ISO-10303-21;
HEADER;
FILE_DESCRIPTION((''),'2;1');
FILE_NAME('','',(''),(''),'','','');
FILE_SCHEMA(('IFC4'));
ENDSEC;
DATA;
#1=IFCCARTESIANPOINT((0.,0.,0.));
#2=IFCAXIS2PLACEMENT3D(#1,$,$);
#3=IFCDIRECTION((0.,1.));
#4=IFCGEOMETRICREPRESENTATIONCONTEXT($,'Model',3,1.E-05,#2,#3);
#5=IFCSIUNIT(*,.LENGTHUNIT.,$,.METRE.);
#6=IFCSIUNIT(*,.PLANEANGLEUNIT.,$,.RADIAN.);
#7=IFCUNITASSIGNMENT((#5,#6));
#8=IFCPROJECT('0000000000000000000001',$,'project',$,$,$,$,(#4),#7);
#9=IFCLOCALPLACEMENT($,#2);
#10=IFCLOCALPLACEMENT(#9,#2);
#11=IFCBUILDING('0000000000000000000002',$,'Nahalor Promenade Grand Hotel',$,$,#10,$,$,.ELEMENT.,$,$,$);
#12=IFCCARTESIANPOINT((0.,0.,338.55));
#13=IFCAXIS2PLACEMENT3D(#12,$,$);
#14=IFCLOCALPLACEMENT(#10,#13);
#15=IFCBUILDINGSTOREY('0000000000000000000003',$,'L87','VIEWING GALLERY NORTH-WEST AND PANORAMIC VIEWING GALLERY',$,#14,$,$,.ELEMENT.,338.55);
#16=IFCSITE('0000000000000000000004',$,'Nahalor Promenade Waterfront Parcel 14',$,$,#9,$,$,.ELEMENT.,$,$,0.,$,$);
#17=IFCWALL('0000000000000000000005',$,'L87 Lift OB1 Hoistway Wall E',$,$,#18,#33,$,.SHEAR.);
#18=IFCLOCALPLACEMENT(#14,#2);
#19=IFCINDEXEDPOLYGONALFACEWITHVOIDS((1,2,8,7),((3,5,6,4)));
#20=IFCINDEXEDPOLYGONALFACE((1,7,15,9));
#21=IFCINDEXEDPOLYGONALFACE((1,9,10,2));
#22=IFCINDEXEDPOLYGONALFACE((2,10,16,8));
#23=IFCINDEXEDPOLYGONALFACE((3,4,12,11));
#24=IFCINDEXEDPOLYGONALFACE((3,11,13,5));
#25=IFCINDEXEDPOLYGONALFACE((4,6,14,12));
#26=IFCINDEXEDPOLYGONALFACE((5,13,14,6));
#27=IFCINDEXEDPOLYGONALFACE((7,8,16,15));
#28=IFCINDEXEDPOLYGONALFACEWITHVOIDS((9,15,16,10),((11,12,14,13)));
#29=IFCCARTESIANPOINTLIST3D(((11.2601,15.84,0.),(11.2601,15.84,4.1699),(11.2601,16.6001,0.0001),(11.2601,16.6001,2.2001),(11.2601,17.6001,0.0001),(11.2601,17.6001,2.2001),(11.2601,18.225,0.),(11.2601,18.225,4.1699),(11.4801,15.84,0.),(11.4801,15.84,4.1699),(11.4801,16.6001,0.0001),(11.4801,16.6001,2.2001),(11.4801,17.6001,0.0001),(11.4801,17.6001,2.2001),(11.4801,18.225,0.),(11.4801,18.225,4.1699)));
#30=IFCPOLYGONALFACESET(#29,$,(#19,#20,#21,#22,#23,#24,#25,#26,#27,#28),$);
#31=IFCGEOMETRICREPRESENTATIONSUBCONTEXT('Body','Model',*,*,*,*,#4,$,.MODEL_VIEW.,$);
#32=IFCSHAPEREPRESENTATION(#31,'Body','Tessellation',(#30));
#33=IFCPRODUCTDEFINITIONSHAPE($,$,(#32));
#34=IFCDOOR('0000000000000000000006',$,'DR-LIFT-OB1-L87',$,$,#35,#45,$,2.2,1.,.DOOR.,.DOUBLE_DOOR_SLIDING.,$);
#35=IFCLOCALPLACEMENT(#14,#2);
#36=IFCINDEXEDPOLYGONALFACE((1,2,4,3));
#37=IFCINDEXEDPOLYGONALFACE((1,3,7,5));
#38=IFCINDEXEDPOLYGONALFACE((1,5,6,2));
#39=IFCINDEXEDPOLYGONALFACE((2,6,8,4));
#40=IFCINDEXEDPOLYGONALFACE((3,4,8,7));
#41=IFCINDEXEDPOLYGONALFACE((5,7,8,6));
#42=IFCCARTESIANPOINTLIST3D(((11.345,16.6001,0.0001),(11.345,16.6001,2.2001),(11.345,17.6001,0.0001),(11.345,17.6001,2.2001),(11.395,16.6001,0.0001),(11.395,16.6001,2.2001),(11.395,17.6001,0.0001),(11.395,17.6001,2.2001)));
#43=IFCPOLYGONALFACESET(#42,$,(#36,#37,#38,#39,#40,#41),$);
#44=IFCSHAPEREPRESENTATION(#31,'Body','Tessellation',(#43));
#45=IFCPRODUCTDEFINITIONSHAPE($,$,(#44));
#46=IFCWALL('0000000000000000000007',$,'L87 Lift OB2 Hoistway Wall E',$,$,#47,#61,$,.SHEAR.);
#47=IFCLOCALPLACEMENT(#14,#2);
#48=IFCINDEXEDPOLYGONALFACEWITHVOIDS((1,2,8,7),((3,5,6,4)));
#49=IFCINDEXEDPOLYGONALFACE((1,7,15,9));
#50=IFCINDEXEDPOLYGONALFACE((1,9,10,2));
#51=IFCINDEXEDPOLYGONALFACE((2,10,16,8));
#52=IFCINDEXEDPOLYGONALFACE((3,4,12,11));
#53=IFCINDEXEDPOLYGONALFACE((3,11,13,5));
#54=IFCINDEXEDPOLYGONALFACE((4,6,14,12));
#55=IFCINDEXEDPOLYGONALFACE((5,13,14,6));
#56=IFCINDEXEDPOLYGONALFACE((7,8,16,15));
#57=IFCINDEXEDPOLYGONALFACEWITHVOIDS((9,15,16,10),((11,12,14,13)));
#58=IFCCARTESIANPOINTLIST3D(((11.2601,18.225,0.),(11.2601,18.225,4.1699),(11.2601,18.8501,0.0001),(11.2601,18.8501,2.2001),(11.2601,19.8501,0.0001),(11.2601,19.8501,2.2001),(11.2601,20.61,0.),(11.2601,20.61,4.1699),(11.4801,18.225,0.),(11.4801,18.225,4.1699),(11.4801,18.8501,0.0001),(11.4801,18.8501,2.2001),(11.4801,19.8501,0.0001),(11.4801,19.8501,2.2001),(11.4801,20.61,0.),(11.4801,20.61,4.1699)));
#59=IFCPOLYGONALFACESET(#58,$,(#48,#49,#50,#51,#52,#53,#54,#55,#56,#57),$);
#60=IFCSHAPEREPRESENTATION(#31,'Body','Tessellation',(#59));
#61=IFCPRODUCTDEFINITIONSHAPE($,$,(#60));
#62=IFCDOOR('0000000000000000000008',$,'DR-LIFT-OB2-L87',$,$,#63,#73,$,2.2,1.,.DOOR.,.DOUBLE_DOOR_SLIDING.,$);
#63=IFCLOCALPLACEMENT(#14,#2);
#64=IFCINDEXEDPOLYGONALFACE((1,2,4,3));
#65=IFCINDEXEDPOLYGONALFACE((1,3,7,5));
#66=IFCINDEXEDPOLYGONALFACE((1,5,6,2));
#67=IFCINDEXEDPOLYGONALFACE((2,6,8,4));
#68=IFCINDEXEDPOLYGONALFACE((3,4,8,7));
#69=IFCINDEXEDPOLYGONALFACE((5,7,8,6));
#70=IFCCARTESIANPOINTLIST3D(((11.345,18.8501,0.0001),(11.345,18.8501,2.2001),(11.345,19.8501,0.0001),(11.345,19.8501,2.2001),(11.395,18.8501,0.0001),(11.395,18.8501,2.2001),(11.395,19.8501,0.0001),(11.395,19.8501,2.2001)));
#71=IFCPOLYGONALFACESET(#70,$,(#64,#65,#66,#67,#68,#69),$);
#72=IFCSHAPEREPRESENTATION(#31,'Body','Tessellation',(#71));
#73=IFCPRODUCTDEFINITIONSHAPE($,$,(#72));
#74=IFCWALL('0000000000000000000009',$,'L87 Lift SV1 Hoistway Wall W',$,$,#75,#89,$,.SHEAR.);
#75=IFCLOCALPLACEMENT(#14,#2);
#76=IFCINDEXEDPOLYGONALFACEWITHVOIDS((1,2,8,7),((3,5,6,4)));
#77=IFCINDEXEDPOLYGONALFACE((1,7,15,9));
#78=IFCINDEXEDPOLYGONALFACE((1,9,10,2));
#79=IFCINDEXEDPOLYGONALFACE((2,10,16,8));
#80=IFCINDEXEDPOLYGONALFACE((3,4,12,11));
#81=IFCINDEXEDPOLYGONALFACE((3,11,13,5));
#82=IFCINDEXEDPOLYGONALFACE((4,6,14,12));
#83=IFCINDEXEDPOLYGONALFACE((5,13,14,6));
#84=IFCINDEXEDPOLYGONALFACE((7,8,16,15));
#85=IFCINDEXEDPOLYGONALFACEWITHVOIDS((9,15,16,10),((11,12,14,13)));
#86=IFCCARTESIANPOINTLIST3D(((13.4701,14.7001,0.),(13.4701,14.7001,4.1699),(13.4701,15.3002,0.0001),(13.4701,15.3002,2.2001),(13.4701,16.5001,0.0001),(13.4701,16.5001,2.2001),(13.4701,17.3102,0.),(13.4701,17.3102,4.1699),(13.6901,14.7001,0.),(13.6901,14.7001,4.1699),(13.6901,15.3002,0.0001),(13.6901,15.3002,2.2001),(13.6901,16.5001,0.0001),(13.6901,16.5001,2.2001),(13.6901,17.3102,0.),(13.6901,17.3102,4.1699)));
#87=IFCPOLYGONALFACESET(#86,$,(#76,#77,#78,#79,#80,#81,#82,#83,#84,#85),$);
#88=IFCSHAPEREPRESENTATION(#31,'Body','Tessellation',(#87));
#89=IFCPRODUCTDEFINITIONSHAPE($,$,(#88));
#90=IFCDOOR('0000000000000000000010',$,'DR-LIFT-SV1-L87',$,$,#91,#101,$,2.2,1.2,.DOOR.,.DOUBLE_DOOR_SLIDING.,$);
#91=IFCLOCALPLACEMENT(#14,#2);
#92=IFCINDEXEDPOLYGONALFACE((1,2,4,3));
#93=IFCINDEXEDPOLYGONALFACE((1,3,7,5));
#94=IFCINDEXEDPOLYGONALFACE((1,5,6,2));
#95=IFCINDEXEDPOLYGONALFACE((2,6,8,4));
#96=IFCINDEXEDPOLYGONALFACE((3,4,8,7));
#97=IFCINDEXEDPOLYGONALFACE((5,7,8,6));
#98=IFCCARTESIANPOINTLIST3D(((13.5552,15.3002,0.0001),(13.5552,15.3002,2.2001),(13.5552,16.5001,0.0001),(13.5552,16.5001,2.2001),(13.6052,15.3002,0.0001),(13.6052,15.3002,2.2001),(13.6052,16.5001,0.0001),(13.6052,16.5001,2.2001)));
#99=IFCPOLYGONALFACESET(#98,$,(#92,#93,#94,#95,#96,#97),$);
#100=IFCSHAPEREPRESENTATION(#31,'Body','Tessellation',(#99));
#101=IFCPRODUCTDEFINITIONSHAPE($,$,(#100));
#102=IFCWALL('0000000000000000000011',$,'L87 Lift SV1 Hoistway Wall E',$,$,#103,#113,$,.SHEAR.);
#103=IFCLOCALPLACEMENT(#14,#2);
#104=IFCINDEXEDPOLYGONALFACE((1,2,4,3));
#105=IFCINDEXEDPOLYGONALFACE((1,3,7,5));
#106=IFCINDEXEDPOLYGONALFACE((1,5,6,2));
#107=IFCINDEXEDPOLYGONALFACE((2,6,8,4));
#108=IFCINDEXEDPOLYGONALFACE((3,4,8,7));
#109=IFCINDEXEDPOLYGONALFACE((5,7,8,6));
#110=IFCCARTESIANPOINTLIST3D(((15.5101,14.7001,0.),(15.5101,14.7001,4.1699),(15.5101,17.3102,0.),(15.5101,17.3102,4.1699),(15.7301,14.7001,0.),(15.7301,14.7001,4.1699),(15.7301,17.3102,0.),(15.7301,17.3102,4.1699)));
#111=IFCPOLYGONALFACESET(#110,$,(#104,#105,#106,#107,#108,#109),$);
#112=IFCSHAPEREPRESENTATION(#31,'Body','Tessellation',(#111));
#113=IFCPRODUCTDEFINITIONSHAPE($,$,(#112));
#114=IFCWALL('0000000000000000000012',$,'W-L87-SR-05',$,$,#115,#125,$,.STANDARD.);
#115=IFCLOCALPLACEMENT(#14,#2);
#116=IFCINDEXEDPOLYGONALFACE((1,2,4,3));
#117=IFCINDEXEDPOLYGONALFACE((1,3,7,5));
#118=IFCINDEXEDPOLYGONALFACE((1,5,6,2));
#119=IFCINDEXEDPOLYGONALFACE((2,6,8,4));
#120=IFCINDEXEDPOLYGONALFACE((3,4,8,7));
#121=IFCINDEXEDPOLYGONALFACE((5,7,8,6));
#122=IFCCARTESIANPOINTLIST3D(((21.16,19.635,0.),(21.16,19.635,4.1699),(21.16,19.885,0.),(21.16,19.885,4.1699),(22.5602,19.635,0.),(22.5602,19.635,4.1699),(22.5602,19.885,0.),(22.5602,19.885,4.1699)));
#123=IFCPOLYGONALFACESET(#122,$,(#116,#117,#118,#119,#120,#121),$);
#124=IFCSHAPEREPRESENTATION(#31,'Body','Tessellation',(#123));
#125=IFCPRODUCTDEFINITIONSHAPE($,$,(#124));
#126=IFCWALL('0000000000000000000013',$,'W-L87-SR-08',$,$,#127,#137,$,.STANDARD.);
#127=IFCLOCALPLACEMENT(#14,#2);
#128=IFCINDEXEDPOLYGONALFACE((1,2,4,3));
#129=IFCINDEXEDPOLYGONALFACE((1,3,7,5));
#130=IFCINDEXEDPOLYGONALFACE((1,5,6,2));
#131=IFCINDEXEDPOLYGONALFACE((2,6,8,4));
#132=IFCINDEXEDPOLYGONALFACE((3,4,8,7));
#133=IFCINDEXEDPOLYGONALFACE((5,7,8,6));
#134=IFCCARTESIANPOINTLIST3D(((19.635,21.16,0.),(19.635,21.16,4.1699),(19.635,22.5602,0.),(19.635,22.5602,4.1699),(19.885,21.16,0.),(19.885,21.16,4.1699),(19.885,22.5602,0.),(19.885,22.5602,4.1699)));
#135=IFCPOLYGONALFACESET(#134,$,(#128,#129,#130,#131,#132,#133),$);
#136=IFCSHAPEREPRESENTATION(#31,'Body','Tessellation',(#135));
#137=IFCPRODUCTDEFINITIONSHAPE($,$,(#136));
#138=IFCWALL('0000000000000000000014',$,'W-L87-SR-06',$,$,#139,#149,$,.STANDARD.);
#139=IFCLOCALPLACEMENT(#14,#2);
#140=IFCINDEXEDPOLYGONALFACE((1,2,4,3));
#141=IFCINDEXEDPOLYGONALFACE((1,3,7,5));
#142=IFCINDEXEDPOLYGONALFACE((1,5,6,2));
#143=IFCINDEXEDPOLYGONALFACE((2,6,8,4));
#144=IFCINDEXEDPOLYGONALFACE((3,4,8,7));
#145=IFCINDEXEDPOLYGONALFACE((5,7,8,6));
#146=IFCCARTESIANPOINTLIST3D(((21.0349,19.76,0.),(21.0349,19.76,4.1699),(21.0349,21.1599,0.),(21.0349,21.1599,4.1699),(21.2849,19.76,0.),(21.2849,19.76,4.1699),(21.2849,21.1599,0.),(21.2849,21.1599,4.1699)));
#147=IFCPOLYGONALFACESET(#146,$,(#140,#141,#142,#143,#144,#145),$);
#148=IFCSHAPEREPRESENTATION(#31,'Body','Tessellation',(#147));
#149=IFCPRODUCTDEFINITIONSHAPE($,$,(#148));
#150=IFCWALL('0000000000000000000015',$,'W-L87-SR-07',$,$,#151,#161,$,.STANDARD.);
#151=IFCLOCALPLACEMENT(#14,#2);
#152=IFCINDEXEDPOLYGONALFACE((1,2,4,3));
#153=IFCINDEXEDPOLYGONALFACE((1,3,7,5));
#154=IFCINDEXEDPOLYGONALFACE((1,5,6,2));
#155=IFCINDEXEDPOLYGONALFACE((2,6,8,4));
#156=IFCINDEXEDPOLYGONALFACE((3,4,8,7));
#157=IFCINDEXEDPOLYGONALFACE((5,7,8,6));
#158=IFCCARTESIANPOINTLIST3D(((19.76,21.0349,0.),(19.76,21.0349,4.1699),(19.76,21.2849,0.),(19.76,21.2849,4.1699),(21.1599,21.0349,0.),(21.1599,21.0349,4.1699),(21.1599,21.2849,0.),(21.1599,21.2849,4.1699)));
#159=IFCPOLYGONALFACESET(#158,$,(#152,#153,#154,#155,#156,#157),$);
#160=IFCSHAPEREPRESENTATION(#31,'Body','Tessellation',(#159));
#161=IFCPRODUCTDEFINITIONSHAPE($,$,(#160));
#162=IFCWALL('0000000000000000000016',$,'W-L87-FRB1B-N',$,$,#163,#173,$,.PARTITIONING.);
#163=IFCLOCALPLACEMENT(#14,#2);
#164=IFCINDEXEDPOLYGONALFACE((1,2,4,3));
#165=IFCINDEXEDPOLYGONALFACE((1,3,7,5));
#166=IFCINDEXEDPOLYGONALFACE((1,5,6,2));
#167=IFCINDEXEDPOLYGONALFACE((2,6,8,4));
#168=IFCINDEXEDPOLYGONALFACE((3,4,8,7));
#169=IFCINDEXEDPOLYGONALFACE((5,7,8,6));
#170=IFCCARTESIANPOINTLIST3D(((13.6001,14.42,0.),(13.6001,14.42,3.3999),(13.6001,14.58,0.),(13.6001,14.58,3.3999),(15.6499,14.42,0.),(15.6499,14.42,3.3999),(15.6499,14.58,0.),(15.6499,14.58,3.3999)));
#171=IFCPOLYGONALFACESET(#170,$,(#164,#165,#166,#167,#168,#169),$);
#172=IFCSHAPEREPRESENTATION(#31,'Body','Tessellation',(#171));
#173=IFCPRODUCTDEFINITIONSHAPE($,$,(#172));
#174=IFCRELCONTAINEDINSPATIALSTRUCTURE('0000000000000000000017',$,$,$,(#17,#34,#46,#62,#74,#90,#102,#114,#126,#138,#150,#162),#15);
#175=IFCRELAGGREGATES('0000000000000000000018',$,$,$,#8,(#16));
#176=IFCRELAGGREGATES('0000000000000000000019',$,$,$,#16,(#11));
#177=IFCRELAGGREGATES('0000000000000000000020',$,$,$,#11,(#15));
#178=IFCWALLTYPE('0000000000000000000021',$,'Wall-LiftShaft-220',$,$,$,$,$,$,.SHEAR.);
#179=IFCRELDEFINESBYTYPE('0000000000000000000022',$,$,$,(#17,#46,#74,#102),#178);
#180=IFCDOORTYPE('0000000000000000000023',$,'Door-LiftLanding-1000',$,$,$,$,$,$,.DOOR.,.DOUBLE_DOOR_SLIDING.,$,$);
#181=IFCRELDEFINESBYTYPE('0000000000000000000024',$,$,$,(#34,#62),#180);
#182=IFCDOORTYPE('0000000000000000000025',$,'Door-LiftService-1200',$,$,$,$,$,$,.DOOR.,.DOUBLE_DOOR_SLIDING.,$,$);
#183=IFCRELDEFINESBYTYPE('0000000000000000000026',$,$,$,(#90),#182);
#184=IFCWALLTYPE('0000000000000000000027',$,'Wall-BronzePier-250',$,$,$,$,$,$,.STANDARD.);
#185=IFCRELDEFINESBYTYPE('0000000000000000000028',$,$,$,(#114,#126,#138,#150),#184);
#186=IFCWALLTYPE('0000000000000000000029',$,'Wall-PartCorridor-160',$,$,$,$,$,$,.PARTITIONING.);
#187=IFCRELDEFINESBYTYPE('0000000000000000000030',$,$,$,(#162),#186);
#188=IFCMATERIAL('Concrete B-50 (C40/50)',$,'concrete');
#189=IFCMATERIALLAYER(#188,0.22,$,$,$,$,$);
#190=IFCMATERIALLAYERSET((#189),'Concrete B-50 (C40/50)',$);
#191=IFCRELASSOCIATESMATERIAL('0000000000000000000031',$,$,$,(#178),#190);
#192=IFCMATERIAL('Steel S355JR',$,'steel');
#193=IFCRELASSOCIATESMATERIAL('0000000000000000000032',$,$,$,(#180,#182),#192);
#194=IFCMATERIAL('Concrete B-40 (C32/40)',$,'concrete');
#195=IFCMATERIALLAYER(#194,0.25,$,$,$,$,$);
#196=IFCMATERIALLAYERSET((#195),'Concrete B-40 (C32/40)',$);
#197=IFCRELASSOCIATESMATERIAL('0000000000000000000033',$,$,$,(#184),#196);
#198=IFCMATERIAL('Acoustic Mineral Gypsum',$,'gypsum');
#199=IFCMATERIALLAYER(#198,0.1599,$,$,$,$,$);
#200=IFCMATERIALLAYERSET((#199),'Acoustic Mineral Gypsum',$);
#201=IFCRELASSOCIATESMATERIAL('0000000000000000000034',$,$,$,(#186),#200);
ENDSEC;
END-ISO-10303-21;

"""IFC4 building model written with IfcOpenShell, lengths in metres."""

from ifc_helpers import new_model, si_unit, direction, frame, frame_2d, origin, place, context, subcontext, project, spatial, rectangle, extrude, source, transform, mapped, material, layer, layer_set, type_object, element, fill, save


model = new_model("IFC4")

# Units and contexts
model_context = context("Model", 3, precision=1e-05, world=origin(), true_north=direction((0.0, 1.0)))
body_context = subcontext(model_context, "Body", "Model", "MODEL_VIEW")
ifc_project = project(units=[si_unit("LENGTHUNIT", "METRE"), si_unit("PLANEANGLEUNIT", "RADIAN")], contexts=[model_context])

# Site, building, storey
site_placement = place(None, origin())
site = spatial("IfcSite", under=ifc_project, at=site_placement, Name="Nahalor Promenade Waterfront Parcel 14", CompositionType="ELEMENT", RefElevation=0.0)
building_placement = place(site_placement, origin())
building = spatial("IfcBuilding", under=site, at=building_placement, Name="Nahalor Promenade Grand Hotel", CompositionType="ELEMENT")
storey_placement = place(building_placement, frame((0.0, 0.0, 338.55)))
storey = spatial("IfcBuildingStorey", under=building, at=storey_placement, Name="L87", Description="VIEWING GALLERY NORTH-WEST AND PANORAMIC VIEWING GALLERY", CompositionType="ELEMENT", Elevation=338.55)

# Shared definitions
ifc_material_1 = material(Name="Concrete B-50 (C40/50)", Category="concrete")
ifc_material_2 = material(Name="Steel S355JR", Category="steel")

# Shared definitions
ifc_layer_1 = layer(ifc_material_1, 0.22)
ifc_layer_set_1 = layer_set([ifc_layer_1], Name="Concrete B-50 (C40/50)")
wall_type_1 = type_object("IfcWallType", Name="Wall-LiftShaft-220", PredefinedType="SHEAR", material=ifc_layer_set_1)

# Walls, openings, doors
shared_shape_1 = source(origin(), body_context, "Body", "SweptSolid", [
    extrude(rectangle(XDim=2.385, YDim=0.22, at=frame_2d((1.1924, 0.0))), origin(), (0.0, 0.0, 1.0), 4.1699),
])
wall_1_placement = place(storey_placement, frame((11.3701, 15.8401, 0.0), z_axis=(0.0, 0.0, 1.0), x_axis=(0.0, 1.0, 0.0)))
wall_1 = element("IfcWall", 1, at=wall_1_placement, inside=storey, type_object=wall_type_1, Name="L87 Lift OB1 Hoistway Wall E", PredefinedType="SHEAR", context=body_context, shape_type="MappedRepresentation", body=[
    mapped(shared_shape_1, transform((0.0, 0.0, 0.0), scale=1.0)),
])
opening_1_placement = place(wall_1_placement, frame((0.76, 0.0, 0.0)))
opening_1 = element("IfcOpeningElement", 2, at=opening_1_placement, cuts=wall_1, PredefinedType="OPENING", context=body_context, shape_type="SweptSolid", body=[
    extrude(rectangle(XDim=1.0, YDim=2.2, at=frame_2d((0.5, 1.1001))), frame((0.0, 0.1199, 0.0), z_axis=(0.0, -1.0, 0.0), x_axis=(1.0, 0.0, 0.0)), (0.0, 0.0, 1.0), 0.24),
])
door_type_1 = type_object("IfcDoorType", Name="Door-LiftLanding-1000", OperationType="DOUBLE_DOOR_SLIDING", PredefinedType="DOOR", material=ifc_material_2)
shared_shape_2 = source(origin(), body_context, "Body", "SweptSolid", [
    extrude(rectangle(XDim=1.0, YDim=2.2, at=frame_2d((0.5, 1.1001))), frame((0.0, 0.0249, 0.0), z_axis=(0.0, -1.0, 0.0), x_axis=(1.0, 0.0, 0.0)), (0.0, 0.0, 1.0), 0.05),
])
door_1_placement = place(opening_1_placement, frame((1.0, 0.0, 0.0), z_axis=(0.0, 0.0, 1.0), x_axis=(-1.0, 0.0, 0.0)))
door_1 = element("IfcDoor", 3, at=door_1_placement, inside=storey, type_object=door_type_1, Name="DR-LIFT-OB1-L87", OperationType="DOUBLE_DOOR_SLIDING", OverallHeight=2.2, OverallWidth=1.0, PredefinedType="DOOR", context=body_context, shape_type="MappedRepresentation", body=[
    mapped(shared_shape_2, transform((0.0, 0.0, 0.0), scale=1.0)),
])
fill(opening_1, door_1)
wall_2_placement = place(storey_placement, frame((11.3701, 18.2251, 0.0), z_axis=(0.0, 0.0, 1.0), x_axis=(0.0, 1.0, 0.0)))
wall_2 = element("IfcWall", 4, at=wall_2_placement, inside=storey, type_object=wall_type_1, Name="L87 Lift OB2 Hoistway Wall E", PredefinedType="SHEAR", context=body_context, shape_type="MappedRepresentation", body=[
    mapped(shared_shape_1, transform((0.0, 0.0, 0.0), scale=1.0)),
])
opening_2_placement = place(wall_2_placement, frame((0.625, 0.0, 0.0)))
opening_2 = element("IfcOpeningElement", 5, at=opening_2_placement, cuts=wall_2, PredefinedType="OPENING", context=body_context, shape_type="SweptSolid", body=[
    extrude(rectangle(XDim=1.0, YDim=2.2, at=frame_2d((0.5, 1.1001))), frame((0.0, 0.1199, 0.0), z_axis=(0.0, -1.0, 0.0), x_axis=(1.0, 0.0, 0.0)), (0.0, 0.0, 1.0), 0.24),
])
door_2_placement = place(opening_2_placement, frame((1.0, 0.0, 0.0), z_axis=(0.0, 0.0, 1.0), x_axis=(-1.0, 0.0, 0.0)))
door_2 = element("IfcDoor", 6, at=door_2_placement, inside=storey, type_object=door_type_1, Name="DR-LIFT-OB2-L87", OperationType="DOUBLE_DOOR_SLIDING", OverallHeight=2.2, OverallWidth=1.0, PredefinedType="DOOR", context=body_context, shape_type="MappedRepresentation", body=[
    mapped(shared_shape_2, transform((0.0, 0.0, 0.0), scale=1.0)),
])
fill(opening_2, door_2)
shared_shape_3 = source(origin(), body_context, "Body", "SweptSolid", [
    extrude(rectangle(XDim=2.6101, YDim=0.22, at=frame_2d((1.3052, 0.0))), origin(), (0.0, 0.0, 1.0), 4.1699),
])
wall_3_placement = place(storey_placement, frame((13.5801, 14.7, 0.0), z_axis=(0.0, 0.0, 1.0), x_axis=(0.0, 1.0, 0.0)))
wall_3 = element("IfcWall", 7, at=wall_3_placement, inside=storey, type_object=wall_type_1, Name="L87 Lift SV1 Hoistway Wall W", PredefinedType="SHEAR", context=body_context, shape_type="MappedRepresentation", body=[
    mapped(shared_shape_3, transform((0.0, 0.0, 0.0), scale=1.0)),
])
opening_3_placement = place(wall_3_placement, frame((0.6001, 0.0, 0.0)))
opening_3 = element("IfcOpeningElement", 8, at=opening_3_placement, cuts=wall_3, PredefinedType="OPENING", context=body_context, shape_type="SweptSolid", body=[
    extrude(rectangle(XDim=1.2, YDim=2.2, at=frame_2d((0.6001, 1.1001))), frame((0.0, 0.1199, 0.0), z_axis=(0.0, -1.0, 0.0), x_axis=(1.0, 0.0, 0.0)), (0.0, 0.0, 1.0), 0.24),
])
door_type_2 = type_object("IfcDoorType", Name="Door-LiftService-1200", OperationType="DOUBLE_DOOR_SLIDING", PredefinedType="DOOR", material=ifc_material_2)
shared_shape_4 = source(origin(), body_context, "Body", "SweptSolid", [
    extrude(rectangle(XDim=1.2, YDim=2.2, at=frame_2d((0.6001, 1.1001))), frame((0.0, 0.0249, 0.0), z_axis=(0.0, -1.0, 0.0), x_axis=(1.0, 0.0, 0.0)), (0.0, 0.0, 1.0), 0.05),
])
door_3_placement = place(opening_3_placement, origin())
door_3 = element("IfcDoor", 9, at=door_3_placement, inside=storey, type_object=door_type_2, Name="DR-LIFT-SV1-L87", OperationType="DOUBLE_DOOR_SLIDING", OverallHeight=2.2, OverallWidth=1.2, PredefinedType="DOOR", context=body_context, shape_type="MappedRepresentation", body=[
    mapped(shared_shape_4, transform((0.0, 0.0, 0.0), scale=1.0)),
])
fill(opening_3, door_3)

# Walls
wall_4_placement = place(storey_placement, frame((15.6201, 14.7, 0.0), z_axis=(0.0, 0.0, 1.0), x_axis=(0.0, 1.0, 0.0)))
element("IfcWall", 10, at=wall_4_placement, inside=storey, type_object=wall_type_1, Name="L87 Lift SV1 Hoistway Wall E", PredefinedType="SHEAR", context=body_context, shape_type="MappedRepresentation", body=[
    mapped(shared_shape_3, transform((0.0, 0.0, 0.0), scale=1.0)),
])
ifc_material_3 = material(Name="Concrete B-40 (C32/40)", Category="concrete")
ifc_layer_2 = layer(ifc_material_3, 0.25)
ifc_layer_set_2 = layer_set([ifc_layer_2], Name="Concrete B-40 (C32/40)")
wall_type_2 = type_object("IfcWallType", Name="Wall-BronzePier-250", PredefinedType="STANDARD", material=ifc_layer_set_2)
shared_shape_5 = source(origin(), body_context, "Body", "SweptSolid", [
    extrude(rectangle(XDim=1.4001, YDim=0.25, at=frame_2d((0.7002, 0.0))), origin(), (0.0, 0.0, 1.0), 4.1699),
])
for number, where, z_axis, x_axis, name in (
    (11, (21.1599, 19.76, 0.0), (0.0, 0.0, 1.0), (1.0, 0.0, 0.0), "W-L87-SR-05"),
    (12, (19.76, 21.1599, 0.0), (0.0, 0.0, 1.0), (0.0, 1.0, 0.0), "W-L87-SR-08"),
):
    element("IfcWall", number, at=place(storey_placement, frame(where, z_axis=z_axis, x_axis=x_axis)), inside=storey, type_object=wall_type_2, Name=name, PredefinedType="STANDARD", context=body_context, shape_type="MappedRepresentation", body=[
        mapped(shared_shape_5, transform((0.0, 0.0, 0.0), scale=1.0)),
    ])
shared_shape_6 = source(origin(), body_context, "Body", "SweptSolid", [
    extrude(rectangle(XDim=1.3999, YDim=0.25, at=frame_2d((0.7, 0.0))), origin(), (0.0, 0.0, 1.0), 4.1699),
])
for number, where, z_axis, x_axis, name in (
    (13, (21.1599, 19.76, 0.0), (0.0, 0.0, 1.0), (0.0, 1.0, 0.0), "W-L87-SR-06"),
    (14, (19.76, 21.1599, 0.0), (0.0, 0.0, 1.0), (1.0, 0.0, 0.0), "W-L87-SR-07"),
):
    element("IfcWall", number, at=place(storey_placement, frame(where, z_axis=z_axis, x_axis=x_axis)), inside=storey, type_object=wall_type_2, Name=name, PredefinedType="STANDARD", context=body_context, shape_type="MappedRepresentation", body=[
        mapped(shared_shape_6, transform((0.0, 0.0, 0.0), scale=1.0)),
    ])
ifc_material_4 = material(Name="Acoustic Mineral Gypsum", Category="gypsum")
ifc_layer_3 = layer(ifc_material_4, 0.1599)
ifc_layer_set_3 = layer_set([ifc_layer_3], Name="Acoustic Mineral Gypsum")
wall_type_3 = type_object("IfcWallType", Name="Wall-PartCorridor-160", PredefinedType="PARTITIONING", material=ifc_layer_set_3)
shared_shape_7 = source(origin(), body_context, "Body", "SweptSolid", [
    extrude(rectangle(XDim=2.0498, YDim=0.1599, at=frame_2d((1.0249, 0.0))), origin(), (0.0, 0.0, 1.0), 3.3999),
])
wall_5_placement = place(storey_placement, frame((13.6001, 14.5, 0.0), z_axis=(0.0, 0.0, 1.0), x_axis=(1.0, 0.0, 0.0)))
element("IfcWall", 15, at=wall_5_placement, inside=storey, type_object=wall_type_3, Name="W-L87-FRB1B-N", PredefinedType="PARTITIONING", context=body_context, shape_type="MappedRepresentation", body=[
    mapped(shared_shape_7, transform((0.0, 0.0, 0.0), scale=1.0)),
])

save(model, "model.ifc")
